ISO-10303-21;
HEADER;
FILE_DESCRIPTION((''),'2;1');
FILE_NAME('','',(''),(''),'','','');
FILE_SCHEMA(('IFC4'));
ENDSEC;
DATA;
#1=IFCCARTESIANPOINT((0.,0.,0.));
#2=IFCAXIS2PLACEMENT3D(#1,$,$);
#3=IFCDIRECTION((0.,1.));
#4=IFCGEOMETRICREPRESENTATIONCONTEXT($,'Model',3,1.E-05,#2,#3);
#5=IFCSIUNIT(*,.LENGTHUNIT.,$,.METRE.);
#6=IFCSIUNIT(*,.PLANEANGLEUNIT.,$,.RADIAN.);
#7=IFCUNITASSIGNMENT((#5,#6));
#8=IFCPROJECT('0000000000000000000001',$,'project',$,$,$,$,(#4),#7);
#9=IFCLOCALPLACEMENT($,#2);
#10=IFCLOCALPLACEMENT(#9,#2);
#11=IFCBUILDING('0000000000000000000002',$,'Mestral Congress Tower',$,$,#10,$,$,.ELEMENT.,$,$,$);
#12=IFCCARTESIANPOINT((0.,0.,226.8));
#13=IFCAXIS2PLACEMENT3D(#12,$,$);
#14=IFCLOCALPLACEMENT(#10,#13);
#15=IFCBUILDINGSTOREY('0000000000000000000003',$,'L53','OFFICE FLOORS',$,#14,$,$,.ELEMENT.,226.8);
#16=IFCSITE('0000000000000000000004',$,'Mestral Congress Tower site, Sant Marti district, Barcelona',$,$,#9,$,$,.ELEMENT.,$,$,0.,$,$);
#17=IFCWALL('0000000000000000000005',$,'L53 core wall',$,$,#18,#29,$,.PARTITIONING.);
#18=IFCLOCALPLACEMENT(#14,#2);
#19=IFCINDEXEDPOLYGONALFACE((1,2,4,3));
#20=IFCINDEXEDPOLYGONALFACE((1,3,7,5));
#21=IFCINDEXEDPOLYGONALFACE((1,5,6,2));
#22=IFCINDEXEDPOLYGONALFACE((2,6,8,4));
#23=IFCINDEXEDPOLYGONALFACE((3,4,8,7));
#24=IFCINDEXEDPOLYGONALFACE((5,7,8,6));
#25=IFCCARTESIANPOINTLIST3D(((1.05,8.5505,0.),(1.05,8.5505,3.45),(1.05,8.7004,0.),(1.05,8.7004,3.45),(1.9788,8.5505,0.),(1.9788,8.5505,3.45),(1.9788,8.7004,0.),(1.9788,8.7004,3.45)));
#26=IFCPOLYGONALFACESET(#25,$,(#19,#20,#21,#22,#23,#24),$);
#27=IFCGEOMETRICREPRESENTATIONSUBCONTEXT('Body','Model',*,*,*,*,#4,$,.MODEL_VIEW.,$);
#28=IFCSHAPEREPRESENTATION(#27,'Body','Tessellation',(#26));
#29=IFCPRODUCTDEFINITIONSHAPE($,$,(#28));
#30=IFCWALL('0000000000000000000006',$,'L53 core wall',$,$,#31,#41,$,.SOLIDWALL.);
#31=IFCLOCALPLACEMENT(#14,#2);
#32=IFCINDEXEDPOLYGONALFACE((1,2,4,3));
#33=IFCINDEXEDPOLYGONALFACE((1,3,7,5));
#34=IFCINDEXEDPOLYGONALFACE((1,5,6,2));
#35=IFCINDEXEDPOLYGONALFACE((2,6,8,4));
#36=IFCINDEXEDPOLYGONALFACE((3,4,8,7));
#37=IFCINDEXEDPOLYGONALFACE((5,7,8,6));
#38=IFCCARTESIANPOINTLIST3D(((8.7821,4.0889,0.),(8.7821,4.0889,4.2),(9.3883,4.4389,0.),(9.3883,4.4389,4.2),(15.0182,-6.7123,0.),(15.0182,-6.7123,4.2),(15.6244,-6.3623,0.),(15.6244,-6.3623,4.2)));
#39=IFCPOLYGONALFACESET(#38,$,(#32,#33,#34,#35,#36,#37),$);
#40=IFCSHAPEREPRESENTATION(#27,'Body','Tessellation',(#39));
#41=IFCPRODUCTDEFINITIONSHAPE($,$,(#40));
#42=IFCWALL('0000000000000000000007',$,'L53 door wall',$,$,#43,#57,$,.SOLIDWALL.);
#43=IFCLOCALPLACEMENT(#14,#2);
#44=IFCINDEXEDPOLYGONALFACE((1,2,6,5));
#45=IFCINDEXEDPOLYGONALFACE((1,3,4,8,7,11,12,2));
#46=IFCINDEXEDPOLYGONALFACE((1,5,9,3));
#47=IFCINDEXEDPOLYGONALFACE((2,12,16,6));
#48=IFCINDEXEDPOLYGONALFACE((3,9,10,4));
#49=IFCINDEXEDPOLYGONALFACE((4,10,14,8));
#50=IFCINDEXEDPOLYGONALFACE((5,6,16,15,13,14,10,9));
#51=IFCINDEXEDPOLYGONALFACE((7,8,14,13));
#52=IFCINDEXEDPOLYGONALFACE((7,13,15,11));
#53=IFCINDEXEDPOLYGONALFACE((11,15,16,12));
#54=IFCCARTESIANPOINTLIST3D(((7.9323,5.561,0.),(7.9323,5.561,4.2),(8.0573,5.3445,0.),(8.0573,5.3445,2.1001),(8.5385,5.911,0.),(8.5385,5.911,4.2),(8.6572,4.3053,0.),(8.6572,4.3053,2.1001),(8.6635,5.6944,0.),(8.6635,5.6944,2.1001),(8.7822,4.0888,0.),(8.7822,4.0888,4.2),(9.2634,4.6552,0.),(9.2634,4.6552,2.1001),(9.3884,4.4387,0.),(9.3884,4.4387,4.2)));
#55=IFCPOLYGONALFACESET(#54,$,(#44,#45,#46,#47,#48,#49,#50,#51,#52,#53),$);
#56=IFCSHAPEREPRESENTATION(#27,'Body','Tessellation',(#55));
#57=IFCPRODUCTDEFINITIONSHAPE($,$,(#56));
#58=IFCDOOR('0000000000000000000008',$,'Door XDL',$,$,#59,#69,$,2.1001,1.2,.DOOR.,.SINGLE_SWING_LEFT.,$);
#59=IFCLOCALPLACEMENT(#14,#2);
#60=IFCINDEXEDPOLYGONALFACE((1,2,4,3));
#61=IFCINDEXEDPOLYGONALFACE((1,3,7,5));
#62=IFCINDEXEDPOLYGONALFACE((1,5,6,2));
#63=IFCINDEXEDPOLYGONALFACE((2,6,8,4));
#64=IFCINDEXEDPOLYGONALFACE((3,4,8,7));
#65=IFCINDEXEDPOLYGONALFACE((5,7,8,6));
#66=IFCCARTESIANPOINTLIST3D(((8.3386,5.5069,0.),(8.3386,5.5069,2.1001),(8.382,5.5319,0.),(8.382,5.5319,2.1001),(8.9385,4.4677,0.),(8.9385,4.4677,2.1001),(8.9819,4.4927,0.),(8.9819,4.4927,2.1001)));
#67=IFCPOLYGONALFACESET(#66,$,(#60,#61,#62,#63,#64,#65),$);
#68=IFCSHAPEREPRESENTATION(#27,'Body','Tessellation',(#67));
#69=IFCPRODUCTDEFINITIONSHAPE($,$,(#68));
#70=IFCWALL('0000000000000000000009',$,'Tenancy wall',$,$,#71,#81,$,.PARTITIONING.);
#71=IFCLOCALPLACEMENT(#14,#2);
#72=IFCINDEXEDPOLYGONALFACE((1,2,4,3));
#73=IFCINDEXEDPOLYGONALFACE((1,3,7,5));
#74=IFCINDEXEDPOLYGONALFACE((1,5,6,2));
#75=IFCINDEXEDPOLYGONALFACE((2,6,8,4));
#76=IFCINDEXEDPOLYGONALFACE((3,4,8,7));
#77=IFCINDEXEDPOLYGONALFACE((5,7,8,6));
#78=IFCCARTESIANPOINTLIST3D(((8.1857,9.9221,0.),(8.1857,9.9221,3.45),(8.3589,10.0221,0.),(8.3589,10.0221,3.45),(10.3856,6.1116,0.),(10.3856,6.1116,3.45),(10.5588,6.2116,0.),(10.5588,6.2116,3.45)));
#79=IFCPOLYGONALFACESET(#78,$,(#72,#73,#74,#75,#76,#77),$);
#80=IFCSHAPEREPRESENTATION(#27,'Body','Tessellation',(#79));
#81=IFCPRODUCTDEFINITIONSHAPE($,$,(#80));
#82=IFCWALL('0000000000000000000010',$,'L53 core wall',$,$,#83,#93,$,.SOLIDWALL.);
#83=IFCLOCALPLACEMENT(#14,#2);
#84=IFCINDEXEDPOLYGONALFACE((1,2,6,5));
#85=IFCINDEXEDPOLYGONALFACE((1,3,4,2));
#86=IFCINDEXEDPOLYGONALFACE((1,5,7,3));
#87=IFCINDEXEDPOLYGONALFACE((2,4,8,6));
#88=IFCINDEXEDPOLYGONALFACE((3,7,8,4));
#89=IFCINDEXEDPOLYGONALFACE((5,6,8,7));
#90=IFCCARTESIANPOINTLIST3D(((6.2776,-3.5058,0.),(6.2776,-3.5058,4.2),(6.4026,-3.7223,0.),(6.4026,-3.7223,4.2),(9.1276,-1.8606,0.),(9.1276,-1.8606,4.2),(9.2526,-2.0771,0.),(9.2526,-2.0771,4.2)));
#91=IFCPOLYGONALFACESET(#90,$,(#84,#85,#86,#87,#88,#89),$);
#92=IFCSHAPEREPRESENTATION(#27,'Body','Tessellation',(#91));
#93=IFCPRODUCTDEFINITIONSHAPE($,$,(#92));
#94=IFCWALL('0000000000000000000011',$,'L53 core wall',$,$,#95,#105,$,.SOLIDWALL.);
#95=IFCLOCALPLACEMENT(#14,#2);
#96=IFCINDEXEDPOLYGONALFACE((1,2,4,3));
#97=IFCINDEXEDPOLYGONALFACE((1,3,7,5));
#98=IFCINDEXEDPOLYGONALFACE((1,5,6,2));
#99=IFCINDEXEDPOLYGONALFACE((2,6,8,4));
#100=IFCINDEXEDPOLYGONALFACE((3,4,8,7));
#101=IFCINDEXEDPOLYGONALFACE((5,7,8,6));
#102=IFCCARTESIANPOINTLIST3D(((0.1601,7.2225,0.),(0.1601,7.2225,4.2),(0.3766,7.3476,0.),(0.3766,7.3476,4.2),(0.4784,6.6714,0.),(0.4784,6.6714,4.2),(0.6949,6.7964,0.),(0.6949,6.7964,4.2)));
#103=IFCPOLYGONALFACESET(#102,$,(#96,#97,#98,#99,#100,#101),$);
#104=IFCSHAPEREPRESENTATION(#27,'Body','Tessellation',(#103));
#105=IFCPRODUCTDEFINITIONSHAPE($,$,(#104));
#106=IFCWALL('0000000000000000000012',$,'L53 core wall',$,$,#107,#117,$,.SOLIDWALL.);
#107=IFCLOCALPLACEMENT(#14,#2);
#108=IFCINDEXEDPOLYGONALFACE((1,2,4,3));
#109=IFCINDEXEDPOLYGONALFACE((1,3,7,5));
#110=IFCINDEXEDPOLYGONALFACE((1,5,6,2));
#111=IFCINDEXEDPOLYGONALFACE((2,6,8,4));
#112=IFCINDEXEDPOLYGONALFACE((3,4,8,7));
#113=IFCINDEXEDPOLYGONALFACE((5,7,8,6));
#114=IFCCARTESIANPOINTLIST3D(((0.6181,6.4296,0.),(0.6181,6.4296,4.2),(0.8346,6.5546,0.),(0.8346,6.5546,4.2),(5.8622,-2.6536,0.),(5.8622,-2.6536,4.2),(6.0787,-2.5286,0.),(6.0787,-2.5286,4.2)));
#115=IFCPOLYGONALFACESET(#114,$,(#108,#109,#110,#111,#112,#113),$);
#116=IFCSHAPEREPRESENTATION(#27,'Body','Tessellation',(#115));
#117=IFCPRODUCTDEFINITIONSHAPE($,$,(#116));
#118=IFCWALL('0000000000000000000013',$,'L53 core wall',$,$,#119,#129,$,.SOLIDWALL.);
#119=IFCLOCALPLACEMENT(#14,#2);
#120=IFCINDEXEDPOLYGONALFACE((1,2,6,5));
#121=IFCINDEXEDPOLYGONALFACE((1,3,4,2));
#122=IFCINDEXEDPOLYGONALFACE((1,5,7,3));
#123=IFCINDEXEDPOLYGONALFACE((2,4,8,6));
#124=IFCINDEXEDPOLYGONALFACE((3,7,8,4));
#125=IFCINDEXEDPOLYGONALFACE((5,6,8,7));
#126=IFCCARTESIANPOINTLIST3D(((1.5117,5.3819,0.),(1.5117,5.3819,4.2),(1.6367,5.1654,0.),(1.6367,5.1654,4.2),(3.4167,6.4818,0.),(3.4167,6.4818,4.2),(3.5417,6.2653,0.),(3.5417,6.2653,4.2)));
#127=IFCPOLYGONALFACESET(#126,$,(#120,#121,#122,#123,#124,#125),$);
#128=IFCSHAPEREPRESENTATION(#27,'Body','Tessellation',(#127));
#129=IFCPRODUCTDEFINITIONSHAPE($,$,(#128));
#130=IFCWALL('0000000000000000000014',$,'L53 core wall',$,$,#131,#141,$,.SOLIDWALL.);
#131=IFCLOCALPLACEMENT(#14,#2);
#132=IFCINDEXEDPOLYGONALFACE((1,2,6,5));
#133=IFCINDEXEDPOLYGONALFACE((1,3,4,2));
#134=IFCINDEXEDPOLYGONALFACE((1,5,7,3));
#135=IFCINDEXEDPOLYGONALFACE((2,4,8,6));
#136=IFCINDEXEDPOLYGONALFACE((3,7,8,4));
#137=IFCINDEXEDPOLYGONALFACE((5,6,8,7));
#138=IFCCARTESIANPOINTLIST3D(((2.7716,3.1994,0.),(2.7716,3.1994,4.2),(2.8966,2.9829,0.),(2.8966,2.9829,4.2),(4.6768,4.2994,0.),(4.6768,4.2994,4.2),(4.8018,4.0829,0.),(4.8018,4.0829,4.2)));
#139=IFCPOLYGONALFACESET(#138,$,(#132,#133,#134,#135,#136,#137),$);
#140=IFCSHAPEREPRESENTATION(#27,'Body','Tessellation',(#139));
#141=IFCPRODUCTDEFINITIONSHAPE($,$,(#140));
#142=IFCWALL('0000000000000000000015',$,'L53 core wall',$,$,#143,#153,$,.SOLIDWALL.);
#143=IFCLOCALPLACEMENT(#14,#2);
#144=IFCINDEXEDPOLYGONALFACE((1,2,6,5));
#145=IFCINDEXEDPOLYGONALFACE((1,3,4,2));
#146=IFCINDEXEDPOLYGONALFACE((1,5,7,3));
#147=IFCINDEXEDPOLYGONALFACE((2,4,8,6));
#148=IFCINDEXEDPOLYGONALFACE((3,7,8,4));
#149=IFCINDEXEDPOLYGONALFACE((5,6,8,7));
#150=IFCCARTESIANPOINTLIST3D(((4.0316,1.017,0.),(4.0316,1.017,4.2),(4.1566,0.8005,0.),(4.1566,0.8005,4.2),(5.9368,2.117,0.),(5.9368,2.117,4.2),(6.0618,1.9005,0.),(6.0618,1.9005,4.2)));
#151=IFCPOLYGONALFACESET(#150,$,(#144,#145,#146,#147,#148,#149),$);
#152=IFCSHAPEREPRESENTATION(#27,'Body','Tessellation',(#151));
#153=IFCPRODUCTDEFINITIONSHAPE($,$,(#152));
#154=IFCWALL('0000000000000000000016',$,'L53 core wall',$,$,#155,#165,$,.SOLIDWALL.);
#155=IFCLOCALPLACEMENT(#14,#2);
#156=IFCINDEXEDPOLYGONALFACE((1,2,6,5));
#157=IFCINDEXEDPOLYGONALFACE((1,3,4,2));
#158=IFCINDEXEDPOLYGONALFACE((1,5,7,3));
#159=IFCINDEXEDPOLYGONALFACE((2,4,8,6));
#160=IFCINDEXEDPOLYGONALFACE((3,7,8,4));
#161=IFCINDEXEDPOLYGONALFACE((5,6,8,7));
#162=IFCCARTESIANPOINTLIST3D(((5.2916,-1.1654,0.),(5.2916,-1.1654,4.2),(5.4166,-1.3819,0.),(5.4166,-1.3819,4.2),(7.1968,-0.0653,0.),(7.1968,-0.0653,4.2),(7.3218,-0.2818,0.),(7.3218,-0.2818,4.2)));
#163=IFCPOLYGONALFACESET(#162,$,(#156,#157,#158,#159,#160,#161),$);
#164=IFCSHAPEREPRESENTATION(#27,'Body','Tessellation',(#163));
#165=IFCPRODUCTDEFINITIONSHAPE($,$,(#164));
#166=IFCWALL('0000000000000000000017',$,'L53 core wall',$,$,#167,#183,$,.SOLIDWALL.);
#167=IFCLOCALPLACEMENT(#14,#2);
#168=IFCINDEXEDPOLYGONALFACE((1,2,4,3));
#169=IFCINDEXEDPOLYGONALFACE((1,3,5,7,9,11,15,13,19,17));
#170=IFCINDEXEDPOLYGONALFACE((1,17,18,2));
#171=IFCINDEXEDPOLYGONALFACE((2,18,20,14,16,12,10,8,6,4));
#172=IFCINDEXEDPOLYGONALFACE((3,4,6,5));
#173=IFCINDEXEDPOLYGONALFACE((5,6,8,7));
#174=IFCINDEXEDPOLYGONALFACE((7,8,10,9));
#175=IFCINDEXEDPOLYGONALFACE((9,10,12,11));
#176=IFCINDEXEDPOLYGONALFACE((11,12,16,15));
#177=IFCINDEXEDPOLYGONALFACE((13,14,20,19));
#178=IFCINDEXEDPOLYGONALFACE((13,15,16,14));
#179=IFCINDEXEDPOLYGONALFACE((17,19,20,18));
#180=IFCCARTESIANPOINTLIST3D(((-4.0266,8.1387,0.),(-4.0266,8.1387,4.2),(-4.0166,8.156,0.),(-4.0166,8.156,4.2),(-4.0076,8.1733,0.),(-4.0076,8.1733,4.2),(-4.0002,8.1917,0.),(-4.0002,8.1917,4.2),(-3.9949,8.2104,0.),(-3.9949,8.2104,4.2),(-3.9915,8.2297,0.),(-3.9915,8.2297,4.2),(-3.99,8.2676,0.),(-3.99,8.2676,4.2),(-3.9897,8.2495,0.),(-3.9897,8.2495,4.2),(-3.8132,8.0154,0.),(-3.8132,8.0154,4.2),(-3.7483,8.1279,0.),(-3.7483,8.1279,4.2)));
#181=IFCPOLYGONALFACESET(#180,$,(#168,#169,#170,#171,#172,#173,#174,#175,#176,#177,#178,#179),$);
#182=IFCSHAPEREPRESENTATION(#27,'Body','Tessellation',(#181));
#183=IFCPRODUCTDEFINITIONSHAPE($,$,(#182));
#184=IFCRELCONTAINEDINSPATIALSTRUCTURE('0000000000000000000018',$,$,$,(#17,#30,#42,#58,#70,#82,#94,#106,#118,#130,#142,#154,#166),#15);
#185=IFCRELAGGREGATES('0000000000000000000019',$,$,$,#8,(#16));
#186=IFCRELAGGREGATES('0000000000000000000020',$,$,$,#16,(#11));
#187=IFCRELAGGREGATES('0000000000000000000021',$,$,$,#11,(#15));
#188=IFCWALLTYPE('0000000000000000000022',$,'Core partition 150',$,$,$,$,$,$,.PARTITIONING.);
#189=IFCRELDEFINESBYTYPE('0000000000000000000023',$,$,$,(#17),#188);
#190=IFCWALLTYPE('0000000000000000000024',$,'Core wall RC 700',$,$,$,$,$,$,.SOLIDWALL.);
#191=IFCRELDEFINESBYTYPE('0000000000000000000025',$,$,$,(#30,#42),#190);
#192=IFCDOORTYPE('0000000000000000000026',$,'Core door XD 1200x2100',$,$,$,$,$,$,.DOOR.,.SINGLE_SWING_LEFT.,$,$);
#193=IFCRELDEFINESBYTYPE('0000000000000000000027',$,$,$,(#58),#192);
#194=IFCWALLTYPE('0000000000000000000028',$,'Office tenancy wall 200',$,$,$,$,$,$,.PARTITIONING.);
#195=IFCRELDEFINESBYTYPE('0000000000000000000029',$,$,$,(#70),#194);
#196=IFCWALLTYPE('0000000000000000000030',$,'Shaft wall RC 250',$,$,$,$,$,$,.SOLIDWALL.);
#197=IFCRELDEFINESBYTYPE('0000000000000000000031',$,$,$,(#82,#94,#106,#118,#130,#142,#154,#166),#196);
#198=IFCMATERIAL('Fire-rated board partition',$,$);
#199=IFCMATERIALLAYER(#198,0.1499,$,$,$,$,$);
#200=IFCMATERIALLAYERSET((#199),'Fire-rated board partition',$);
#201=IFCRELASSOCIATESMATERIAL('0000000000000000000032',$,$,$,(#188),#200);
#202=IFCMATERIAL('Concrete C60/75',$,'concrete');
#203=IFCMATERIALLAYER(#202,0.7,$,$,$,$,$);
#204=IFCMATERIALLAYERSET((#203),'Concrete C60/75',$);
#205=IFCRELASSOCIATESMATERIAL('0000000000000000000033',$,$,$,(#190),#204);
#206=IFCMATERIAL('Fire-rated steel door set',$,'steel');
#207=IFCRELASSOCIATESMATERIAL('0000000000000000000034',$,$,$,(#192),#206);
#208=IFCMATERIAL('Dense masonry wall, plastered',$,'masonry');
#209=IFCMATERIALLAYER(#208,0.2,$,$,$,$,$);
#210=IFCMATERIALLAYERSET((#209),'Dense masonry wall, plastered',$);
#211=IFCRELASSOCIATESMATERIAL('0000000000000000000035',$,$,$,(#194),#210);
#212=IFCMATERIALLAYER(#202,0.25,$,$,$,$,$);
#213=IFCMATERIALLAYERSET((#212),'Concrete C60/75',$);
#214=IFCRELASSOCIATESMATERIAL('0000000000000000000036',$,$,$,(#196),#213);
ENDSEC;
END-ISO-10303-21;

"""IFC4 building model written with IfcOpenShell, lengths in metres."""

from ifc_helpers import new_model, si_unit, direction, frame, frame_2d, origin, place, context, subcontext, project, spatial, polyline, rectangle, outline, extrude, material, layer, layer_set, type_object, element, fill, save


model = new_model("IFC4")

# Units and contexts
model_context = context("Model", 3, precision=1e-05, world=origin(), true_north=direction((0.0, 1.0)))
body_context = subcontext(model_context, "Body", "Model", "MODEL_VIEW")
ifc_project = project(units=[si_unit("LENGTHUNIT", "METRE"), si_unit("PLANEANGLEUNIT", "RADIAN")], contexts=[model_context])

# Site, building, storey
site_placement = place(None, origin())
site = spatial("IfcSite", under=ifc_project, at=site_placement, Name="Mestral Congress Tower site, Sant Marti district, Barcelona", CompositionType="ELEMENT", RefElevation=0.0)
building_placement = place(site_placement, origin())
building = spatial("IfcBuilding", under=site, at=building_placement, Name="Mestral Congress Tower", CompositionType="ELEMENT")
storey_placement = place(building_placement, frame((0.0, 0.0, 226.8)))
storey = spatial("IfcBuildingStorey", under=building, at=storey_placement, Name="L53", Description="OFFICE FLOORS", CompositionType="ELEMENT", Elevation=226.8)

# Walls
ifc_material_1 = material(Name="Fire-rated board partition")
ifc_layer_1 = layer(ifc_material_1, 0.1499)
ifc_layer_set_1 = layer_set([ifc_layer_1], Name="Fire-rated board partition")
wall_type_1 = type_object("IfcWallType", Name="Core partition 150", PredefinedType="PARTITIONING", material=ifc_layer_set_1)
wall_1_placement = place(storey_placement, frame((1.05, 8.6255, 0.0), z_axis=(0.0, 0.0, 1.0), x_axis=(1.0, 0.0, 0.0)))
element("IfcWall", 1, at=wall_1_placement, inside=storey, type_object=wall_type_1, Name="L53 core wall", PredefinedType="PARTITIONING", context=body_context, shape_type="SweptSolid", body=[
    extrude(rectangle(XDim=0.9287, YDim=0.1499, at=frame_2d((0.4644, 0.0))), origin(), (0.0, 0.0, 1.0), 3.45),
])
ifc_material_2 = material(Name="Concrete C60/75", Category="concrete")
ifc_layer_2 = layer(ifc_material_2, 0.7)
ifc_layer_set_2 = layer_set([ifc_layer_2], Name="Concrete C60/75")
wall_type_2 = type_object("IfcWallType", Name="Core wall RC 700", PredefinedType="SOLIDWALL", material=ifc_layer_set_2)
wall_2_placement = place(storey_placement, frame((9.0852, 4.2639, 0.0), z_axis=(0.0, 0.0, 1.0), x_axis=(0.499998, -0.866027, 0.0)))
element("IfcWall", 2, at=wall_2_placement, inside=storey, type_object=wall_type_2, Name="L53 core wall", PredefinedType="SOLIDWALL", context=body_context, shape_type="SweptSolid", body=[
    extrude(rectangle(XDim=12.4722, YDim=0.7, at=frame_2d((6.2361, 0.0))), origin(), (0.0, 0.0, 1.0), 4.2),
])

# Wall, opening, door
wall_3_placement = place(storey_placement, frame((8.2354, 5.7361, 0.0), z_axis=(0.0, 0.0, 1.0), x_axis=(0.499955, -0.866052, 0.0)))
wall_3 = element("IfcWall", 3, at=wall_3_placement, inside=storey, type_object=wall_type_2, Name="L53 door wall", PredefinedType="SOLIDWALL", context=body_context, shape_type="SweptSolid", body=[
    extrude(rectangle(XDim=1.7, YDim=0.7, at=frame_2d((0.8501, 0.0))), origin(), (0.0, 0.0, 1.0), 4.2),
])
opening_1_placement = place(wall_3_placement, frame((0.25, 0.0, 0.0)))
opening_1 = element("IfcOpeningElement", 4, at=opening_1_placement, cuts=wall_3, PredefinedType="OPENING", context=body_context, shape_type="SweptSolid", body=[
    extrude(rectangle(XDim=1.2, YDim=2.1001, at=frame_2d((0.6001, 1.05))), frame((0.0, 0.3599, 0.0), z_axis=(0.0, -1.0, 0.0), x_axis=(1.0, 0.0, 0.0)), (0.0, 0.0, 1.0), 0.72),
])
ifc_material_3 = material(Name="Fire-rated steel door set", Category="steel")
door_type_1 = type_object("IfcDoorType", Name="Core door XD 1200x2100", OperationType="SINGLE_SWING_LEFT", PredefinedType="DOOR", material=ifc_material_3)
door_1_placement = place(opening_1_placement, origin())
door_1 = element("IfcDoor", 5, at=door_1_placement, inside=storey, type_object=door_type_1, Name="Door XDL", OperationType="SINGLE_SWING_LEFT", OverallHeight=2.1001, OverallWidth=1.2, PredefinedType="DOOR", context=body_context, shape_type="SweptSolid", body=[
    extrude(rectangle(XDim=1.2, YDim=2.1001, at=frame_2d((0.6001, 1.05))), frame((0.0, 0.0249, 0.0), z_axis=(0.0, -1.0, 0.0), x_axis=(1.0, 0.0, 0.0)), (0.0, 0.0, 1.0), 0.05),
])
fill(opening_1, door_1)

# Walls
ifc_material_4 = material(Name="Dense masonry wall, plastered", Category="masonry")
ifc_layer_3 = layer(ifc_material_4, 0.2)
ifc_layer_set_3 = layer_set([ifc_layer_3], Name="Dense masonry wall, plastered")
wall_type_3 = type_object("IfcWallType", Name="Office tenancy wall 200", PredefinedType="PARTITIONING", material=ifc_layer_set_3)
wall_4_placement = place(storey_placement, frame((10.4722, 6.1616, 0.0), z_axis=(0.0, 0.0, 1.0), x_axis=(-0.499988, 0.866032, 0.0)))
element("IfcWall", 6, at=wall_4_placement, inside=storey, type_object=wall_type_3, Name="Tenancy wall", PredefinedType="PARTITIONING", context=body_context, shape_type="SweptSolid", body=[
    extrude(rectangle(XDim=4.3999, YDim=0.2, at=frame_2d((2.2, 0.0))), origin(), (0.0, 0.0, 1.0), 3.45),
])
ifc_layer_4 = layer(ifc_material_2, 0.25)
ifc_layer_set_4 = layer_set([ifc_layer_4], Name="Concrete C60/75")
wall_type_4 = type_object("IfcWallType", Name="Shaft wall RC 250", PredefinedType="SOLIDWALL", material=ifc_layer_set_4)
wall_5_placement = place(storey_placement, frame((9.1902, -1.9688, 0.0), z_axis=(0.0, 0.0, 1.0), x_axis=(-0.866057, -0.499945, 0.0)))
element("IfcWall", 7, at=wall_5_placement, inside=storey, type_object=wall_type_4, Name="L53 core wall", PredefinedType="SOLIDWALL", context=body_context, shape_type="SweptSolid", body=[
    extrude(rectangle(XDim=3.2908, YDim=0.25, at=frame_2d((1.6455, 0.0))), origin(), (0.0, 0.0, 1.0), 4.2),
])
wall_6_placement = place(storey_placement, frame((0.2683, 7.2852, 0.0), z_axis=(0.0, 0.0, 1.0), x_axis=(0.500099, -0.865968, 0.0)))
element("IfcWall", 8, at=wall_6_placement, inside=storey, type_object=wall_type_4, Name="L53 core wall", PredefinedType="SOLIDWALL", context=body_context, shape_type="SweptSolid", body=[
    extrude(rectangle(XDim=0.6365, YDim=0.25, at=frame_2d((0.3184, 0.0))), origin(), (0.0, 0.0, 1.0), 4.2),
])
wall_7_placement = place(storey_placement, frame((5.9705, -2.5911, 0.0), z_axis=(0.0, 0.0, 1.0), x_axis=(-0.499994, 0.866029, 0.0)))
element("IfcWall", 9, at=wall_7_placement, inside=storey, type_object=wall_type_4, Name="L53 core wall", PredefinedType="SOLIDWALL", context=body_context, shape_type="SweptSolid", body=[
    extrude(rectangle(XDim=10.4883, YDim=0.25, at=frame_2d((5.2441, 0.0))), origin(), (0.0, 0.0, 1.0), 4.2),
])
wall_8_placement = place(storey_placement, frame((1.5742, 5.2737, 0.0), z_axis=(0.0, 0.0, 1.0), x_axis=(0.866028, 0.499995, 0.0)))
element("IfcWall", 10, at=wall_8_placement, inside=storey, type_object=wall_type_4, Name="L53 core wall", PredefinedType="SOLIDWALL", context=body_context, shape_type="SweptSolid", body=[
    extrude(rectangle(XDim=2.1997, YDim=0.25, at=frame_2d((1.0999, 0.0))), origin(), (0.0, 0.0, 1.0), 4.2),
])
for number, where, z_axis, x_axis, name in (
    (11, (2.834, 3.0911, 0.0), (0.0, 0.0, 1.0), (0.866008, 0.50003, 0.0), "L53 core wall"),
    (12, (4.094, 0.9087, 0.0), (0.0, 0.0, 1.0), (0.866008, 0.50003, 0.0), "L53 core wall"),
    (13, (5.354, -1.2737, 0.0), (0.0, 0.0, 1.0), (0.866008, 0.50003, 0.0), "L53 core wall"),
):
    element("IfcWall", number, at=place(storey_placement, frame(where, z_axis=z_axis, x_axis=x_axis)), inside=storey, type_object=wall_type_4, Name=name, PredefinedType="SOLIDWALL", context=body_context, shape_type="SweptSolid", body=[
        extrude(rectangle(XDim=2.2, YDim=0.25, at=frame_2d((1.1001, 0.0))), origin(), (0.0, 0.0, 1.0), 4.2),
    ])
placement = place(storey_placement, origin())
element("IfcWall", 14, at=placement, inside=storey, type_object=wall_type_4, Name="L53 core wall", PredefinedType="SOLIDWALL", context=body_context, shape_type="SweptSolid", body=[
    extrude(outline(polyline([(-3.7483, 8.1279), (-3.8132, 8.0154), (-4.0266, 8.1387), (-4.0166, 8.156), (-4.0076, 8.1733), (-4.0002, 8.1917), (-3.9949, 8.2104), (-3.9915, 8.2297), (-3.9897, 8.2495), (-3.99, 8.2676), (-3.7483, 8.1279)])), origin(), (0.0, 0.0, 1.0), 4.2),
])

save(model, "model.ifc")
